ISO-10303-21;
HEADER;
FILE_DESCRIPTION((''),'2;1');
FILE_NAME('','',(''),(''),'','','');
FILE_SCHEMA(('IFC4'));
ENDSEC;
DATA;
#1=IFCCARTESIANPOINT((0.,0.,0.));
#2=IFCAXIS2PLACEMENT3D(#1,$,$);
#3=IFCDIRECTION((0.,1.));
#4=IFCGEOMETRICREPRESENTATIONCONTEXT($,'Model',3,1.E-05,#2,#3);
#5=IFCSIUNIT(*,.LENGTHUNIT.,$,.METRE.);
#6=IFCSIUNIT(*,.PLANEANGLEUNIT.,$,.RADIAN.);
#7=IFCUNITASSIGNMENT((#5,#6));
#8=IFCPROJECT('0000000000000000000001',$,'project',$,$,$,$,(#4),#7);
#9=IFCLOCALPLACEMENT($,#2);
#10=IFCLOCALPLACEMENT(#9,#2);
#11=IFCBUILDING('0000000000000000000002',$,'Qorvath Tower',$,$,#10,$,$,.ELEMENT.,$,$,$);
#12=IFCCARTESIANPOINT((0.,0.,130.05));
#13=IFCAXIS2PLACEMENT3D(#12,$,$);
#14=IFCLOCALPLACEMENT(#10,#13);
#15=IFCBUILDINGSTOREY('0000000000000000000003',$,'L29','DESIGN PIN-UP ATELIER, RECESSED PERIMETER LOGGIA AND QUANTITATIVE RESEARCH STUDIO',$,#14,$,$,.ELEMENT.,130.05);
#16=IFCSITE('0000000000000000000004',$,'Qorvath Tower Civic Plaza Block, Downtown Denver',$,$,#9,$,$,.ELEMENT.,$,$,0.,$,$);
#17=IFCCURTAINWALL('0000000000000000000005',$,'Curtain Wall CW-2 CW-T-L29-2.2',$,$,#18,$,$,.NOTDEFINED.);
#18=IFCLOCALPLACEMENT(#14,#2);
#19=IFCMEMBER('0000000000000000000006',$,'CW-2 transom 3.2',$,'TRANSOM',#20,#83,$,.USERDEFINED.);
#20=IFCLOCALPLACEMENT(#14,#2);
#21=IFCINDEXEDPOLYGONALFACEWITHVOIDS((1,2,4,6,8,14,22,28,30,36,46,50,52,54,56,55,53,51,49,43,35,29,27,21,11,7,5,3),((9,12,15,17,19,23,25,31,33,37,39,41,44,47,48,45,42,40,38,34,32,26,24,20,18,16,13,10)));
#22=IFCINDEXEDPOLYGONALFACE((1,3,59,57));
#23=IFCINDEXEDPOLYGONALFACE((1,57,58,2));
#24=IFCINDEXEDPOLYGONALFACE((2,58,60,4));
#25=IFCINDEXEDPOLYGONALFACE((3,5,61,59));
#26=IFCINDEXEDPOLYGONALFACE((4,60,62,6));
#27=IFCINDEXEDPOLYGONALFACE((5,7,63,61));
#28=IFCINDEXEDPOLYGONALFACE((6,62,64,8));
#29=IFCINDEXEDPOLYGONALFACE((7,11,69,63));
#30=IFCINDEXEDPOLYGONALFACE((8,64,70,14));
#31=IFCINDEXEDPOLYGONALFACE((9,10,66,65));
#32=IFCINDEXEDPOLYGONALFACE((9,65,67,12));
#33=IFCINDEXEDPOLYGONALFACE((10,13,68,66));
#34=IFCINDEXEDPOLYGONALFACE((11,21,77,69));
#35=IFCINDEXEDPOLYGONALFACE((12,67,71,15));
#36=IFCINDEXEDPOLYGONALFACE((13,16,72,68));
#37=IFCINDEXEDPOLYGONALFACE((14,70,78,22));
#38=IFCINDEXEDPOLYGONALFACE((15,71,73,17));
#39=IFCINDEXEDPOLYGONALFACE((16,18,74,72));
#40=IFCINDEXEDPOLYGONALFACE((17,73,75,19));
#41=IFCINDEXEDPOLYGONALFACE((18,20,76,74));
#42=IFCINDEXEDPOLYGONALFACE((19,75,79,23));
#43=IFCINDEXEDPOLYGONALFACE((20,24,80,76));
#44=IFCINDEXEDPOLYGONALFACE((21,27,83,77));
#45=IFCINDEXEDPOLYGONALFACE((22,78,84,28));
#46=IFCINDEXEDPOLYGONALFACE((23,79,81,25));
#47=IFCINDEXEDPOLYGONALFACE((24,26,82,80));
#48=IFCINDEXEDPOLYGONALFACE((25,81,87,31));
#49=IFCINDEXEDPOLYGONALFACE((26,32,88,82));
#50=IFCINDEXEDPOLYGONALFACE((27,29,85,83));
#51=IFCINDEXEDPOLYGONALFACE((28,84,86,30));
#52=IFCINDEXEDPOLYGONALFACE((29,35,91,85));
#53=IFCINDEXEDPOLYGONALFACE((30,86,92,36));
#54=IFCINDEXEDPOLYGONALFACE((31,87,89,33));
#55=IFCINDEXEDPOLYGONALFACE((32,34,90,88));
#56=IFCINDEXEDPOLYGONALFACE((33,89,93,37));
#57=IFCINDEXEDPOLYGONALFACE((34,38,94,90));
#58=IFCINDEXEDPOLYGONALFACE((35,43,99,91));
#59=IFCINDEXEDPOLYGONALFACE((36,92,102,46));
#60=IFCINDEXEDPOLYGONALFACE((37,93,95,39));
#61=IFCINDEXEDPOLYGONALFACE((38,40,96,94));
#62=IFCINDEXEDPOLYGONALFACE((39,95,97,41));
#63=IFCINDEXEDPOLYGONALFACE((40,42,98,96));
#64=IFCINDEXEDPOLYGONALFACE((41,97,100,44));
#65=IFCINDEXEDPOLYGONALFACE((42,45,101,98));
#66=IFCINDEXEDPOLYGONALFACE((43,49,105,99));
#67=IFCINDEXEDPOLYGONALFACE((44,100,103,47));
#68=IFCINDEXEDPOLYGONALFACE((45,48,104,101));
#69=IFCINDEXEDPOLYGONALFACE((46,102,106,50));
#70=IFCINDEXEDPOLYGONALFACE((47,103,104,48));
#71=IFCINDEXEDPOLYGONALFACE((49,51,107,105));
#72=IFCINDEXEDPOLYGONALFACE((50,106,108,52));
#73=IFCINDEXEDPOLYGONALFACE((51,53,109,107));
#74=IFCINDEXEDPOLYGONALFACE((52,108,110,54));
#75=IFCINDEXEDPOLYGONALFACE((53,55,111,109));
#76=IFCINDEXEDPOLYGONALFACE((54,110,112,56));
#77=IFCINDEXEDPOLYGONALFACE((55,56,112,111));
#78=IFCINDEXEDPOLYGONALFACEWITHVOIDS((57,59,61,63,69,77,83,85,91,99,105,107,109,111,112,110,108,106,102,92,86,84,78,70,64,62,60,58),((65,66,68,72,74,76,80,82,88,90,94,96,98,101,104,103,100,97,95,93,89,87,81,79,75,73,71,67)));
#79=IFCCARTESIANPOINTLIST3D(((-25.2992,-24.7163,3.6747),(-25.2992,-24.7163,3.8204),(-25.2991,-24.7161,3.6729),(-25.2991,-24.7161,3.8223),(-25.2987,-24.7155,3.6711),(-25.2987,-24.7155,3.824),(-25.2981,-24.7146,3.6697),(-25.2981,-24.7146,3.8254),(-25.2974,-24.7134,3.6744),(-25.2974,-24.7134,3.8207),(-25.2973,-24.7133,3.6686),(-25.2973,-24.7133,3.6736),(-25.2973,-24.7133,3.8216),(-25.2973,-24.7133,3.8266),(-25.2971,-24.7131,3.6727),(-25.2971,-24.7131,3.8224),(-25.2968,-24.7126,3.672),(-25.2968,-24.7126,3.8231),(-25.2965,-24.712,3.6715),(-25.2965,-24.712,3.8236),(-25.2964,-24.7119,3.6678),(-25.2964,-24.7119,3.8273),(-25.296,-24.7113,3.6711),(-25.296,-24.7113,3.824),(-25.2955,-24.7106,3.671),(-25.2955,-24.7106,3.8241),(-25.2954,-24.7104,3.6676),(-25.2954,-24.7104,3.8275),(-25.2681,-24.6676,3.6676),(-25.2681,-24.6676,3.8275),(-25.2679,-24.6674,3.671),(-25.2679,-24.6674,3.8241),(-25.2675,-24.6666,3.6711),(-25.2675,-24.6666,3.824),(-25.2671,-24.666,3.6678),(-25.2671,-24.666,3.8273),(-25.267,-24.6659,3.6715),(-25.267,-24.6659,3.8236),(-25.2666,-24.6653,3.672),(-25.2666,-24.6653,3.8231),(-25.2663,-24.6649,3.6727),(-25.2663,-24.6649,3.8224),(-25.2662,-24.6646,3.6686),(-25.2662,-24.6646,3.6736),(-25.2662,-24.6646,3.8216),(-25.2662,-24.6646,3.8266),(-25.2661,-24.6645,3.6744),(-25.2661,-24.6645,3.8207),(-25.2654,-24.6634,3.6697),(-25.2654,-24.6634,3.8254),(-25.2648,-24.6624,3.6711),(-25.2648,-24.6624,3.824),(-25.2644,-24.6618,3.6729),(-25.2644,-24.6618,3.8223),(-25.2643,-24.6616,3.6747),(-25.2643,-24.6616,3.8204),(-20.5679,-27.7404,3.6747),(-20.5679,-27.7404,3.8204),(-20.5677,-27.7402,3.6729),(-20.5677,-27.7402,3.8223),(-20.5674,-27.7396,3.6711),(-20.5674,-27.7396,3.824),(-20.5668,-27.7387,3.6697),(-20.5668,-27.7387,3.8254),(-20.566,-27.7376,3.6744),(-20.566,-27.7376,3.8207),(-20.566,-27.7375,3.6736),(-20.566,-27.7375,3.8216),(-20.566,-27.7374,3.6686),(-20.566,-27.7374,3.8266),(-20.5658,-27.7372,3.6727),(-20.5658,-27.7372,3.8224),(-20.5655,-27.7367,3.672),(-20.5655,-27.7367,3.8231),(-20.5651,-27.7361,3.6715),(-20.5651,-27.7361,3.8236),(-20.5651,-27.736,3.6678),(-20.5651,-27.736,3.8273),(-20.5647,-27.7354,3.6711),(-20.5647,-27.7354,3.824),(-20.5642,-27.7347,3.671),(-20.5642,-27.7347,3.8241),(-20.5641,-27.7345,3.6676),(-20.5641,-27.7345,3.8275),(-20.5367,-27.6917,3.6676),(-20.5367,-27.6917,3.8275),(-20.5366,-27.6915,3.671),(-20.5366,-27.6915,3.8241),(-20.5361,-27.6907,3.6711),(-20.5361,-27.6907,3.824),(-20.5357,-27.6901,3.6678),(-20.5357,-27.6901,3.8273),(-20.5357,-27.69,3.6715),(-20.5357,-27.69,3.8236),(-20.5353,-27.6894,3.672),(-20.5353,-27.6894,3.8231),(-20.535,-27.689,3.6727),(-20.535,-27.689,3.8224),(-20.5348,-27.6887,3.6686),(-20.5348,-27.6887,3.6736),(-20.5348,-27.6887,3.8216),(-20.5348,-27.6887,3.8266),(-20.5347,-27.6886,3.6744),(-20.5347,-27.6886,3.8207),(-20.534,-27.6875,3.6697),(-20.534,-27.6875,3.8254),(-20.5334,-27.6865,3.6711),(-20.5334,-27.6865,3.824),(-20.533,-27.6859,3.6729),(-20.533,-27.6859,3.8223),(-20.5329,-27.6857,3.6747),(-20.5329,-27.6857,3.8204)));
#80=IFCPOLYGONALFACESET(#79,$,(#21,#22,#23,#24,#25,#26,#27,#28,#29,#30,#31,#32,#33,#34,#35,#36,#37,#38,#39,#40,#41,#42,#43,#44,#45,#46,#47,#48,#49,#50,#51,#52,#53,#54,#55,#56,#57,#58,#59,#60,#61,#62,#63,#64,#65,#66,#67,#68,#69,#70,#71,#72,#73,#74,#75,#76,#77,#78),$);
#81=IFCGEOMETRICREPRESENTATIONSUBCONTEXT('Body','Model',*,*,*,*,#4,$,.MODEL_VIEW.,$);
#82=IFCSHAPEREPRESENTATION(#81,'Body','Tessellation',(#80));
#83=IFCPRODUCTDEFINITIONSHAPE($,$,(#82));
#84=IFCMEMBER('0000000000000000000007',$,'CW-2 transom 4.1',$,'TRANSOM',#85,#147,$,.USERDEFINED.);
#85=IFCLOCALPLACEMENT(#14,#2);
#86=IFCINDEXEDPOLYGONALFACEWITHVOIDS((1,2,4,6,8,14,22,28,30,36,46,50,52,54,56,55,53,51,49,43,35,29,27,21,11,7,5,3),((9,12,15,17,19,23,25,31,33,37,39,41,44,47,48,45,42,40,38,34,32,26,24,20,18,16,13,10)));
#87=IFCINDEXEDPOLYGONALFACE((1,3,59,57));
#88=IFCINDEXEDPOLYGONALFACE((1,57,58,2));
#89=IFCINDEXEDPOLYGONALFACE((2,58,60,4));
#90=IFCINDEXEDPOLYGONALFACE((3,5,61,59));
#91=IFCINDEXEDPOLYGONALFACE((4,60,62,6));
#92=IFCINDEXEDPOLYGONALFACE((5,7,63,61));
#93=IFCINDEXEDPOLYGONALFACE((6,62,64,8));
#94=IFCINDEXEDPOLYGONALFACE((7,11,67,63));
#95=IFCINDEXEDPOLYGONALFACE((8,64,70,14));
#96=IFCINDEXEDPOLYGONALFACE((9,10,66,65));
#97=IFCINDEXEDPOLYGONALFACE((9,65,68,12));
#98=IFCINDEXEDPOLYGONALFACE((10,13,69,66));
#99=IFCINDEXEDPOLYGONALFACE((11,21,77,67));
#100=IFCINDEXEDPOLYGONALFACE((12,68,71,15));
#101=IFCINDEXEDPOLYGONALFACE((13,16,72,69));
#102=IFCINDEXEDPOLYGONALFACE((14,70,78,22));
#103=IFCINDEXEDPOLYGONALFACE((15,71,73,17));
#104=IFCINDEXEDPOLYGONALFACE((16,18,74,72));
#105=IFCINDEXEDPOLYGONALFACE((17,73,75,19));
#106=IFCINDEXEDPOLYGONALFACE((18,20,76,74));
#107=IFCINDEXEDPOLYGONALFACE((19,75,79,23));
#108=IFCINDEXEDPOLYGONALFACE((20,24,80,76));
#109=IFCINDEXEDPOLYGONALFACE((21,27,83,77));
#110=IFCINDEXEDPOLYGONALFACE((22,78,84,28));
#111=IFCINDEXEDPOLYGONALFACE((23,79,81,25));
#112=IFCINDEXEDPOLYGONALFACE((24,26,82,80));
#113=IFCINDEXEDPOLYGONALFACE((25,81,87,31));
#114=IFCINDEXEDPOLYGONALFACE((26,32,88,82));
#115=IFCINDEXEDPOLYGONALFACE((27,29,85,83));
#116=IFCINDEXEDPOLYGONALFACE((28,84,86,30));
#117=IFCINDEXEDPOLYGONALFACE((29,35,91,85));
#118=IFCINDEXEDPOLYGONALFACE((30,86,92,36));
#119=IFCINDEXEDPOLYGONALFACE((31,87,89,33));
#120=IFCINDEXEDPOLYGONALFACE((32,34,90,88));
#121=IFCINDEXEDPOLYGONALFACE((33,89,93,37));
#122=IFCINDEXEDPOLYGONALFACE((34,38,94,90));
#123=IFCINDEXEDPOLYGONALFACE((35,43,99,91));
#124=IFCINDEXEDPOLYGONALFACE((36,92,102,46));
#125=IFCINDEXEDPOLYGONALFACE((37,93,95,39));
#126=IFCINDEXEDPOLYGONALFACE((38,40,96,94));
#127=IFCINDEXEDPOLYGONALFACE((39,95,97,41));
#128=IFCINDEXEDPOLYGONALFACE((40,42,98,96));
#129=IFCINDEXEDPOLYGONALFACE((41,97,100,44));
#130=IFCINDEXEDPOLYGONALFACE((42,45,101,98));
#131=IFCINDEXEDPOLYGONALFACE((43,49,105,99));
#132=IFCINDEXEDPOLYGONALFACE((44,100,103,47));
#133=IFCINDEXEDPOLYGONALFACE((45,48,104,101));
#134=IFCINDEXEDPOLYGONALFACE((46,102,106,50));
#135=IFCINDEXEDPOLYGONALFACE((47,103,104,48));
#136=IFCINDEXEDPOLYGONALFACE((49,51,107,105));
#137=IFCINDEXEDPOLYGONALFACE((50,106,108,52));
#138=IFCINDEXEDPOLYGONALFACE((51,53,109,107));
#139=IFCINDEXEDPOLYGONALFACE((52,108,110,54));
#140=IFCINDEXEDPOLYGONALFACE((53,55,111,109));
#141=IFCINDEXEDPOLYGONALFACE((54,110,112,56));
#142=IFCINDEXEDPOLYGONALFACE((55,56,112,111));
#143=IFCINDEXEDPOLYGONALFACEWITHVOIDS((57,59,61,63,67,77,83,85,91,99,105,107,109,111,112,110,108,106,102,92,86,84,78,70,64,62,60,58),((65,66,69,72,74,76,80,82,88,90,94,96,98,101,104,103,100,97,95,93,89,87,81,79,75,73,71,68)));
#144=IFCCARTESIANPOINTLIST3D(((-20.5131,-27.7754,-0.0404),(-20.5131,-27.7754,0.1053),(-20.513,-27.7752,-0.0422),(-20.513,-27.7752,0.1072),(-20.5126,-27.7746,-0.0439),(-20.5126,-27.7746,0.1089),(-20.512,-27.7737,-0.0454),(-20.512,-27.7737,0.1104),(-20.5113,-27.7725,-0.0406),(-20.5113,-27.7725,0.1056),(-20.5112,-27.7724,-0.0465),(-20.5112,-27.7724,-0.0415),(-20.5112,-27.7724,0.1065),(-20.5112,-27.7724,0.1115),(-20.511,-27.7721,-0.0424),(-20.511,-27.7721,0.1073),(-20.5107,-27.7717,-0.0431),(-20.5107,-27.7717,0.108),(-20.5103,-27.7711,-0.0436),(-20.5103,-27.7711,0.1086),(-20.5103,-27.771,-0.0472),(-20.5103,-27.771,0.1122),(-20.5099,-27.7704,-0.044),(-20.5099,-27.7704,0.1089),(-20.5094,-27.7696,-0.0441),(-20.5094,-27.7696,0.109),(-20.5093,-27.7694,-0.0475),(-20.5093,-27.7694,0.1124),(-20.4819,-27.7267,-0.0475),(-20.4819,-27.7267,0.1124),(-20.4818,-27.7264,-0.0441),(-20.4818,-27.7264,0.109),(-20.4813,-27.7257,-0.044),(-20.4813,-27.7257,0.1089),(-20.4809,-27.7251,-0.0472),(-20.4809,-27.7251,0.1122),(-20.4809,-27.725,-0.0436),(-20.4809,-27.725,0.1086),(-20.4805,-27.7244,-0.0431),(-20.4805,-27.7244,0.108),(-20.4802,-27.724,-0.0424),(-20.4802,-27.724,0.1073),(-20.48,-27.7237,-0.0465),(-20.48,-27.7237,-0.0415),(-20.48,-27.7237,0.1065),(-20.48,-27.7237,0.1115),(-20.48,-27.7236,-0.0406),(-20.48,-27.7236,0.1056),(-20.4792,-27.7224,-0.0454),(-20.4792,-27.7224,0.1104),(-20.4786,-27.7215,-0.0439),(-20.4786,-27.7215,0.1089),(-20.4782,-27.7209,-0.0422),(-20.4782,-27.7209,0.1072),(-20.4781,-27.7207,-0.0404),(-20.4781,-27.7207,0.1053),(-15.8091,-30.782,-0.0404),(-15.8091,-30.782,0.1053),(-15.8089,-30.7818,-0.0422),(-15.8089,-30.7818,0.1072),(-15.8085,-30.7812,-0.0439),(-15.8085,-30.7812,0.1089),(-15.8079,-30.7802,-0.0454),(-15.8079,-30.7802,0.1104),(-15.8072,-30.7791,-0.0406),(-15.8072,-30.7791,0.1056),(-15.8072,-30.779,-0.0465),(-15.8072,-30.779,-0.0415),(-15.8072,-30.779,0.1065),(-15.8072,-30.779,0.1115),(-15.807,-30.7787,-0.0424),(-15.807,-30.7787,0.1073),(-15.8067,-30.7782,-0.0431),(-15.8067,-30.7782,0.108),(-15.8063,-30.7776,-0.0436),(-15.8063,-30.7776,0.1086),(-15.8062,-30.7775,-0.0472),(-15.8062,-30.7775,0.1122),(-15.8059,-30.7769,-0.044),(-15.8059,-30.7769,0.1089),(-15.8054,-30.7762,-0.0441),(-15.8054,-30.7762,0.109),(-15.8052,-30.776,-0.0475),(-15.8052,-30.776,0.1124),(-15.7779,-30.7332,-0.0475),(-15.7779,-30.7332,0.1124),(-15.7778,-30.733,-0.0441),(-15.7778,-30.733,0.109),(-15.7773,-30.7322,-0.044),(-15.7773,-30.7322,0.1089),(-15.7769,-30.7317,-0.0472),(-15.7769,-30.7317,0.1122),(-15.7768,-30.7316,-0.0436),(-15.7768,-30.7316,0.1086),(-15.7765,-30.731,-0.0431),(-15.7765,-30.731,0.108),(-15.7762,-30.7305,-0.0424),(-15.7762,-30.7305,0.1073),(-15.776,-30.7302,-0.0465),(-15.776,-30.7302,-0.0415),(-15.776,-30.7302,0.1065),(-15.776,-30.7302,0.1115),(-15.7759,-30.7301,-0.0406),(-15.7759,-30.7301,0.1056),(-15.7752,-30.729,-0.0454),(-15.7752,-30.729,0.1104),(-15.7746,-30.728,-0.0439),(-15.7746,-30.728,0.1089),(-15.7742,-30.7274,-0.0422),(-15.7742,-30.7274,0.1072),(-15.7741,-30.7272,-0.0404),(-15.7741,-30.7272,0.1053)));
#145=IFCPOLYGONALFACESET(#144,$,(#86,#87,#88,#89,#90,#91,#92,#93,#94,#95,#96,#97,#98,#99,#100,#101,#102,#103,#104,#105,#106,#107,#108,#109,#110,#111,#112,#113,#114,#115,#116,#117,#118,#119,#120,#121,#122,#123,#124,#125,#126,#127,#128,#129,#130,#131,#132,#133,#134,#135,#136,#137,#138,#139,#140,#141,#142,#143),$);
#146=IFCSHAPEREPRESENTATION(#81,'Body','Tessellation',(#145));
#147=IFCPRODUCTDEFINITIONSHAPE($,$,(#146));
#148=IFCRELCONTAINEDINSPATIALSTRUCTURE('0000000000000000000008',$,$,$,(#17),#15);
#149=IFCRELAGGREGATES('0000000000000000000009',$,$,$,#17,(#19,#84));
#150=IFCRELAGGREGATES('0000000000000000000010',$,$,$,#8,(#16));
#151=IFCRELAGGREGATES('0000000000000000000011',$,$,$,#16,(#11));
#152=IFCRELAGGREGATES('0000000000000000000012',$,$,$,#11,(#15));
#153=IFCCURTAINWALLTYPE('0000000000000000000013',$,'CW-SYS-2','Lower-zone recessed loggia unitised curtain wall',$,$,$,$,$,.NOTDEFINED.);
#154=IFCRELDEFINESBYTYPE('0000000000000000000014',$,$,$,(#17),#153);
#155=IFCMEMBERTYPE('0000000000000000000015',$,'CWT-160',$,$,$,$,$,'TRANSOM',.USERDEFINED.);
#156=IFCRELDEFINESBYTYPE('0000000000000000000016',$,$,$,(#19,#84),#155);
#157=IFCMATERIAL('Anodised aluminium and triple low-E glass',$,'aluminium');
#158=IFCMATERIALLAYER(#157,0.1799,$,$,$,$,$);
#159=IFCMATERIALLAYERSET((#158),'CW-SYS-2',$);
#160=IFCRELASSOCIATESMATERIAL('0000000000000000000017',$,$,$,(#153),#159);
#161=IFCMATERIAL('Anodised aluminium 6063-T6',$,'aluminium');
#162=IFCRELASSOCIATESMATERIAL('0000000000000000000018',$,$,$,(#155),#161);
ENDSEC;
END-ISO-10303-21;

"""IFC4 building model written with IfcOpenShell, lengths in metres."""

from ifc_helpers import new_model, si_unit, direction, frame, origin, origin_2d, place, context, subcontext, project, spatial, hollow_rectangle, extrude, material, layer, layer_set, material_profile, profile_set, type_object, element, aggregate, save


model = new_model("IFC4")

# Units and contexts
model_context = context("Model", 3, precision=1e-05, world=origin(), true_north=direction((0.0, 1.0)))
body_context = subcontext(model_context, "Body", "Model", "MODEL_VIEW")
ifc_project = project(units=[si_unit("LENGTHUNIT", "METRE"), si_unit("PLANEANGLEUNIT", "RADIAN")], contexts=[model_context])

# Site, building, storey
site_placement = place(None, origin())
site = spatial("IfcSite", under=ifc_project, at=site_placement, Name="Qorvath Tower Civic Plaza Block, Downtown Denver", CompositionType="ELEMENT", RefElevation=0.0)
building_placement = place(site_placement, origin())
building = spatial("IfcBuilding", under=site, at=building_placement, Name="Qorvath Tower", CompositionType="ELEMENT")
storey_placement = place(building_placement, frame((0.0, 0.0, 130.05)))
storey = spatial("IfcBuildingStorey", under=building, at=storey_placement, Name="L29", Description="DESIGN PIN-UP ATELIER, RECESSED PERIMETER LOGGIA AND QUANTITATIVE RESEARCH STUDIO", CompositionType="ELEMENT", Elevation=130.05)

# Curtain wall, members
ifc_material_1 = material(Name="Anodised aluminium and triple low-E glass", Category="aluminium")
ifc_layer_1 = layer(ifc_material_1, 0.1799)
ifc_layer_set_1 = layer_set([ifc_layer_1], Name="CW-SYS-2")
curtain_wall_type = type_object("IfcCurtainWallType", Name="CW-SYS-2", Description="Lower-zone recessed loggia unitised curtain wall", PredefinedType="NOTDEFINED", material=ifc_layer_set_1)
curtain_wall_placement = place(storey_placement, origin())
curtain_wall = element("IfcCurtainWall", 1, at=curtain_wall_placement, inside=storey, type_object=curtain_wall_type, Name="Curtain Wall CW-2 CW-T-L29-2.2", PredefinedType="NOTDEFINED")
ifc_material_2 = material(Name="Anodised aluminium 6063-T6", Category="aluminium")
ifc_material_profile_1 = material_profile(ifc_material_2, hollow_rectangle(XDim=0.0649, YDim=0.1599, WallThickness=0.0034, InnerFilletRadius=0.0034, OuterFilletRadius=0.0071, at=origin_2d()), Name="CWT 160x65")
ifc_profile_set_1 = profile_set([ifc_material_profile_1], Name="Anodised aluminium 6063-T6")
member_type_1 = type_object("IfcMemberType", Name="CWT-160", ElementType="TRANSOM", PredefinedType="USERDEFINED", material=ifc_profile_set_1)
member_1_placement = place(storey_placement, frame((-25.2817, -24.689, 3.7476), z_axis=(0.842591, -0.538554, 0.0), x_axis=(0.538554, 0.842591, 0.0)))
member_1 = element("IfcMember", 2, at=member_1_placement, type_object=member_type_1, Name="CW-2 transom 3.2", ObjectType="TRANSOM", PredefinedType="USERDEFINED", context=body_context, shape_type="SweptSolid", body=[
    extrude(hollow_rectangle(XDim=0.0649, YDim=0.1599, WallThickness=0.0034, InnerFilletRadius=0.0034, OuterFilletRadius=0.0071, at=origin_2d()), origin(), (0.0, 0.0, 1.0), 5.6152),
])
member_2_placement = place(storey_placement, frame((-20.4956, -27.748, 0.0325), z_axis=(0.842599, -0.538541, 0.0), x_axis=(0.538541, 0.842599, 0.0)))
member_2 = element("IfcMember", 3, at=member_2_placement, type_object=member_type_1, Name="CW-2 transom 4.1", ObjectType="TRANSOM", PredefinedType="USERDEFINED", context=body_context, shape_type="SweptSolid", body=[
    extrude(hollow_rectangle(XDim=0.0649, YDim=0.1599, WallThickness=0.0034, InnerFilletRadius=0.0034, OuterFilletRadius=0.0071, at=origin_2d()), origin(), (0.0, 0.0, 1.0), 5.5828),
])
aggregate(curtain_wall, [member_1, member_2])

save(model, "model.ifc")
